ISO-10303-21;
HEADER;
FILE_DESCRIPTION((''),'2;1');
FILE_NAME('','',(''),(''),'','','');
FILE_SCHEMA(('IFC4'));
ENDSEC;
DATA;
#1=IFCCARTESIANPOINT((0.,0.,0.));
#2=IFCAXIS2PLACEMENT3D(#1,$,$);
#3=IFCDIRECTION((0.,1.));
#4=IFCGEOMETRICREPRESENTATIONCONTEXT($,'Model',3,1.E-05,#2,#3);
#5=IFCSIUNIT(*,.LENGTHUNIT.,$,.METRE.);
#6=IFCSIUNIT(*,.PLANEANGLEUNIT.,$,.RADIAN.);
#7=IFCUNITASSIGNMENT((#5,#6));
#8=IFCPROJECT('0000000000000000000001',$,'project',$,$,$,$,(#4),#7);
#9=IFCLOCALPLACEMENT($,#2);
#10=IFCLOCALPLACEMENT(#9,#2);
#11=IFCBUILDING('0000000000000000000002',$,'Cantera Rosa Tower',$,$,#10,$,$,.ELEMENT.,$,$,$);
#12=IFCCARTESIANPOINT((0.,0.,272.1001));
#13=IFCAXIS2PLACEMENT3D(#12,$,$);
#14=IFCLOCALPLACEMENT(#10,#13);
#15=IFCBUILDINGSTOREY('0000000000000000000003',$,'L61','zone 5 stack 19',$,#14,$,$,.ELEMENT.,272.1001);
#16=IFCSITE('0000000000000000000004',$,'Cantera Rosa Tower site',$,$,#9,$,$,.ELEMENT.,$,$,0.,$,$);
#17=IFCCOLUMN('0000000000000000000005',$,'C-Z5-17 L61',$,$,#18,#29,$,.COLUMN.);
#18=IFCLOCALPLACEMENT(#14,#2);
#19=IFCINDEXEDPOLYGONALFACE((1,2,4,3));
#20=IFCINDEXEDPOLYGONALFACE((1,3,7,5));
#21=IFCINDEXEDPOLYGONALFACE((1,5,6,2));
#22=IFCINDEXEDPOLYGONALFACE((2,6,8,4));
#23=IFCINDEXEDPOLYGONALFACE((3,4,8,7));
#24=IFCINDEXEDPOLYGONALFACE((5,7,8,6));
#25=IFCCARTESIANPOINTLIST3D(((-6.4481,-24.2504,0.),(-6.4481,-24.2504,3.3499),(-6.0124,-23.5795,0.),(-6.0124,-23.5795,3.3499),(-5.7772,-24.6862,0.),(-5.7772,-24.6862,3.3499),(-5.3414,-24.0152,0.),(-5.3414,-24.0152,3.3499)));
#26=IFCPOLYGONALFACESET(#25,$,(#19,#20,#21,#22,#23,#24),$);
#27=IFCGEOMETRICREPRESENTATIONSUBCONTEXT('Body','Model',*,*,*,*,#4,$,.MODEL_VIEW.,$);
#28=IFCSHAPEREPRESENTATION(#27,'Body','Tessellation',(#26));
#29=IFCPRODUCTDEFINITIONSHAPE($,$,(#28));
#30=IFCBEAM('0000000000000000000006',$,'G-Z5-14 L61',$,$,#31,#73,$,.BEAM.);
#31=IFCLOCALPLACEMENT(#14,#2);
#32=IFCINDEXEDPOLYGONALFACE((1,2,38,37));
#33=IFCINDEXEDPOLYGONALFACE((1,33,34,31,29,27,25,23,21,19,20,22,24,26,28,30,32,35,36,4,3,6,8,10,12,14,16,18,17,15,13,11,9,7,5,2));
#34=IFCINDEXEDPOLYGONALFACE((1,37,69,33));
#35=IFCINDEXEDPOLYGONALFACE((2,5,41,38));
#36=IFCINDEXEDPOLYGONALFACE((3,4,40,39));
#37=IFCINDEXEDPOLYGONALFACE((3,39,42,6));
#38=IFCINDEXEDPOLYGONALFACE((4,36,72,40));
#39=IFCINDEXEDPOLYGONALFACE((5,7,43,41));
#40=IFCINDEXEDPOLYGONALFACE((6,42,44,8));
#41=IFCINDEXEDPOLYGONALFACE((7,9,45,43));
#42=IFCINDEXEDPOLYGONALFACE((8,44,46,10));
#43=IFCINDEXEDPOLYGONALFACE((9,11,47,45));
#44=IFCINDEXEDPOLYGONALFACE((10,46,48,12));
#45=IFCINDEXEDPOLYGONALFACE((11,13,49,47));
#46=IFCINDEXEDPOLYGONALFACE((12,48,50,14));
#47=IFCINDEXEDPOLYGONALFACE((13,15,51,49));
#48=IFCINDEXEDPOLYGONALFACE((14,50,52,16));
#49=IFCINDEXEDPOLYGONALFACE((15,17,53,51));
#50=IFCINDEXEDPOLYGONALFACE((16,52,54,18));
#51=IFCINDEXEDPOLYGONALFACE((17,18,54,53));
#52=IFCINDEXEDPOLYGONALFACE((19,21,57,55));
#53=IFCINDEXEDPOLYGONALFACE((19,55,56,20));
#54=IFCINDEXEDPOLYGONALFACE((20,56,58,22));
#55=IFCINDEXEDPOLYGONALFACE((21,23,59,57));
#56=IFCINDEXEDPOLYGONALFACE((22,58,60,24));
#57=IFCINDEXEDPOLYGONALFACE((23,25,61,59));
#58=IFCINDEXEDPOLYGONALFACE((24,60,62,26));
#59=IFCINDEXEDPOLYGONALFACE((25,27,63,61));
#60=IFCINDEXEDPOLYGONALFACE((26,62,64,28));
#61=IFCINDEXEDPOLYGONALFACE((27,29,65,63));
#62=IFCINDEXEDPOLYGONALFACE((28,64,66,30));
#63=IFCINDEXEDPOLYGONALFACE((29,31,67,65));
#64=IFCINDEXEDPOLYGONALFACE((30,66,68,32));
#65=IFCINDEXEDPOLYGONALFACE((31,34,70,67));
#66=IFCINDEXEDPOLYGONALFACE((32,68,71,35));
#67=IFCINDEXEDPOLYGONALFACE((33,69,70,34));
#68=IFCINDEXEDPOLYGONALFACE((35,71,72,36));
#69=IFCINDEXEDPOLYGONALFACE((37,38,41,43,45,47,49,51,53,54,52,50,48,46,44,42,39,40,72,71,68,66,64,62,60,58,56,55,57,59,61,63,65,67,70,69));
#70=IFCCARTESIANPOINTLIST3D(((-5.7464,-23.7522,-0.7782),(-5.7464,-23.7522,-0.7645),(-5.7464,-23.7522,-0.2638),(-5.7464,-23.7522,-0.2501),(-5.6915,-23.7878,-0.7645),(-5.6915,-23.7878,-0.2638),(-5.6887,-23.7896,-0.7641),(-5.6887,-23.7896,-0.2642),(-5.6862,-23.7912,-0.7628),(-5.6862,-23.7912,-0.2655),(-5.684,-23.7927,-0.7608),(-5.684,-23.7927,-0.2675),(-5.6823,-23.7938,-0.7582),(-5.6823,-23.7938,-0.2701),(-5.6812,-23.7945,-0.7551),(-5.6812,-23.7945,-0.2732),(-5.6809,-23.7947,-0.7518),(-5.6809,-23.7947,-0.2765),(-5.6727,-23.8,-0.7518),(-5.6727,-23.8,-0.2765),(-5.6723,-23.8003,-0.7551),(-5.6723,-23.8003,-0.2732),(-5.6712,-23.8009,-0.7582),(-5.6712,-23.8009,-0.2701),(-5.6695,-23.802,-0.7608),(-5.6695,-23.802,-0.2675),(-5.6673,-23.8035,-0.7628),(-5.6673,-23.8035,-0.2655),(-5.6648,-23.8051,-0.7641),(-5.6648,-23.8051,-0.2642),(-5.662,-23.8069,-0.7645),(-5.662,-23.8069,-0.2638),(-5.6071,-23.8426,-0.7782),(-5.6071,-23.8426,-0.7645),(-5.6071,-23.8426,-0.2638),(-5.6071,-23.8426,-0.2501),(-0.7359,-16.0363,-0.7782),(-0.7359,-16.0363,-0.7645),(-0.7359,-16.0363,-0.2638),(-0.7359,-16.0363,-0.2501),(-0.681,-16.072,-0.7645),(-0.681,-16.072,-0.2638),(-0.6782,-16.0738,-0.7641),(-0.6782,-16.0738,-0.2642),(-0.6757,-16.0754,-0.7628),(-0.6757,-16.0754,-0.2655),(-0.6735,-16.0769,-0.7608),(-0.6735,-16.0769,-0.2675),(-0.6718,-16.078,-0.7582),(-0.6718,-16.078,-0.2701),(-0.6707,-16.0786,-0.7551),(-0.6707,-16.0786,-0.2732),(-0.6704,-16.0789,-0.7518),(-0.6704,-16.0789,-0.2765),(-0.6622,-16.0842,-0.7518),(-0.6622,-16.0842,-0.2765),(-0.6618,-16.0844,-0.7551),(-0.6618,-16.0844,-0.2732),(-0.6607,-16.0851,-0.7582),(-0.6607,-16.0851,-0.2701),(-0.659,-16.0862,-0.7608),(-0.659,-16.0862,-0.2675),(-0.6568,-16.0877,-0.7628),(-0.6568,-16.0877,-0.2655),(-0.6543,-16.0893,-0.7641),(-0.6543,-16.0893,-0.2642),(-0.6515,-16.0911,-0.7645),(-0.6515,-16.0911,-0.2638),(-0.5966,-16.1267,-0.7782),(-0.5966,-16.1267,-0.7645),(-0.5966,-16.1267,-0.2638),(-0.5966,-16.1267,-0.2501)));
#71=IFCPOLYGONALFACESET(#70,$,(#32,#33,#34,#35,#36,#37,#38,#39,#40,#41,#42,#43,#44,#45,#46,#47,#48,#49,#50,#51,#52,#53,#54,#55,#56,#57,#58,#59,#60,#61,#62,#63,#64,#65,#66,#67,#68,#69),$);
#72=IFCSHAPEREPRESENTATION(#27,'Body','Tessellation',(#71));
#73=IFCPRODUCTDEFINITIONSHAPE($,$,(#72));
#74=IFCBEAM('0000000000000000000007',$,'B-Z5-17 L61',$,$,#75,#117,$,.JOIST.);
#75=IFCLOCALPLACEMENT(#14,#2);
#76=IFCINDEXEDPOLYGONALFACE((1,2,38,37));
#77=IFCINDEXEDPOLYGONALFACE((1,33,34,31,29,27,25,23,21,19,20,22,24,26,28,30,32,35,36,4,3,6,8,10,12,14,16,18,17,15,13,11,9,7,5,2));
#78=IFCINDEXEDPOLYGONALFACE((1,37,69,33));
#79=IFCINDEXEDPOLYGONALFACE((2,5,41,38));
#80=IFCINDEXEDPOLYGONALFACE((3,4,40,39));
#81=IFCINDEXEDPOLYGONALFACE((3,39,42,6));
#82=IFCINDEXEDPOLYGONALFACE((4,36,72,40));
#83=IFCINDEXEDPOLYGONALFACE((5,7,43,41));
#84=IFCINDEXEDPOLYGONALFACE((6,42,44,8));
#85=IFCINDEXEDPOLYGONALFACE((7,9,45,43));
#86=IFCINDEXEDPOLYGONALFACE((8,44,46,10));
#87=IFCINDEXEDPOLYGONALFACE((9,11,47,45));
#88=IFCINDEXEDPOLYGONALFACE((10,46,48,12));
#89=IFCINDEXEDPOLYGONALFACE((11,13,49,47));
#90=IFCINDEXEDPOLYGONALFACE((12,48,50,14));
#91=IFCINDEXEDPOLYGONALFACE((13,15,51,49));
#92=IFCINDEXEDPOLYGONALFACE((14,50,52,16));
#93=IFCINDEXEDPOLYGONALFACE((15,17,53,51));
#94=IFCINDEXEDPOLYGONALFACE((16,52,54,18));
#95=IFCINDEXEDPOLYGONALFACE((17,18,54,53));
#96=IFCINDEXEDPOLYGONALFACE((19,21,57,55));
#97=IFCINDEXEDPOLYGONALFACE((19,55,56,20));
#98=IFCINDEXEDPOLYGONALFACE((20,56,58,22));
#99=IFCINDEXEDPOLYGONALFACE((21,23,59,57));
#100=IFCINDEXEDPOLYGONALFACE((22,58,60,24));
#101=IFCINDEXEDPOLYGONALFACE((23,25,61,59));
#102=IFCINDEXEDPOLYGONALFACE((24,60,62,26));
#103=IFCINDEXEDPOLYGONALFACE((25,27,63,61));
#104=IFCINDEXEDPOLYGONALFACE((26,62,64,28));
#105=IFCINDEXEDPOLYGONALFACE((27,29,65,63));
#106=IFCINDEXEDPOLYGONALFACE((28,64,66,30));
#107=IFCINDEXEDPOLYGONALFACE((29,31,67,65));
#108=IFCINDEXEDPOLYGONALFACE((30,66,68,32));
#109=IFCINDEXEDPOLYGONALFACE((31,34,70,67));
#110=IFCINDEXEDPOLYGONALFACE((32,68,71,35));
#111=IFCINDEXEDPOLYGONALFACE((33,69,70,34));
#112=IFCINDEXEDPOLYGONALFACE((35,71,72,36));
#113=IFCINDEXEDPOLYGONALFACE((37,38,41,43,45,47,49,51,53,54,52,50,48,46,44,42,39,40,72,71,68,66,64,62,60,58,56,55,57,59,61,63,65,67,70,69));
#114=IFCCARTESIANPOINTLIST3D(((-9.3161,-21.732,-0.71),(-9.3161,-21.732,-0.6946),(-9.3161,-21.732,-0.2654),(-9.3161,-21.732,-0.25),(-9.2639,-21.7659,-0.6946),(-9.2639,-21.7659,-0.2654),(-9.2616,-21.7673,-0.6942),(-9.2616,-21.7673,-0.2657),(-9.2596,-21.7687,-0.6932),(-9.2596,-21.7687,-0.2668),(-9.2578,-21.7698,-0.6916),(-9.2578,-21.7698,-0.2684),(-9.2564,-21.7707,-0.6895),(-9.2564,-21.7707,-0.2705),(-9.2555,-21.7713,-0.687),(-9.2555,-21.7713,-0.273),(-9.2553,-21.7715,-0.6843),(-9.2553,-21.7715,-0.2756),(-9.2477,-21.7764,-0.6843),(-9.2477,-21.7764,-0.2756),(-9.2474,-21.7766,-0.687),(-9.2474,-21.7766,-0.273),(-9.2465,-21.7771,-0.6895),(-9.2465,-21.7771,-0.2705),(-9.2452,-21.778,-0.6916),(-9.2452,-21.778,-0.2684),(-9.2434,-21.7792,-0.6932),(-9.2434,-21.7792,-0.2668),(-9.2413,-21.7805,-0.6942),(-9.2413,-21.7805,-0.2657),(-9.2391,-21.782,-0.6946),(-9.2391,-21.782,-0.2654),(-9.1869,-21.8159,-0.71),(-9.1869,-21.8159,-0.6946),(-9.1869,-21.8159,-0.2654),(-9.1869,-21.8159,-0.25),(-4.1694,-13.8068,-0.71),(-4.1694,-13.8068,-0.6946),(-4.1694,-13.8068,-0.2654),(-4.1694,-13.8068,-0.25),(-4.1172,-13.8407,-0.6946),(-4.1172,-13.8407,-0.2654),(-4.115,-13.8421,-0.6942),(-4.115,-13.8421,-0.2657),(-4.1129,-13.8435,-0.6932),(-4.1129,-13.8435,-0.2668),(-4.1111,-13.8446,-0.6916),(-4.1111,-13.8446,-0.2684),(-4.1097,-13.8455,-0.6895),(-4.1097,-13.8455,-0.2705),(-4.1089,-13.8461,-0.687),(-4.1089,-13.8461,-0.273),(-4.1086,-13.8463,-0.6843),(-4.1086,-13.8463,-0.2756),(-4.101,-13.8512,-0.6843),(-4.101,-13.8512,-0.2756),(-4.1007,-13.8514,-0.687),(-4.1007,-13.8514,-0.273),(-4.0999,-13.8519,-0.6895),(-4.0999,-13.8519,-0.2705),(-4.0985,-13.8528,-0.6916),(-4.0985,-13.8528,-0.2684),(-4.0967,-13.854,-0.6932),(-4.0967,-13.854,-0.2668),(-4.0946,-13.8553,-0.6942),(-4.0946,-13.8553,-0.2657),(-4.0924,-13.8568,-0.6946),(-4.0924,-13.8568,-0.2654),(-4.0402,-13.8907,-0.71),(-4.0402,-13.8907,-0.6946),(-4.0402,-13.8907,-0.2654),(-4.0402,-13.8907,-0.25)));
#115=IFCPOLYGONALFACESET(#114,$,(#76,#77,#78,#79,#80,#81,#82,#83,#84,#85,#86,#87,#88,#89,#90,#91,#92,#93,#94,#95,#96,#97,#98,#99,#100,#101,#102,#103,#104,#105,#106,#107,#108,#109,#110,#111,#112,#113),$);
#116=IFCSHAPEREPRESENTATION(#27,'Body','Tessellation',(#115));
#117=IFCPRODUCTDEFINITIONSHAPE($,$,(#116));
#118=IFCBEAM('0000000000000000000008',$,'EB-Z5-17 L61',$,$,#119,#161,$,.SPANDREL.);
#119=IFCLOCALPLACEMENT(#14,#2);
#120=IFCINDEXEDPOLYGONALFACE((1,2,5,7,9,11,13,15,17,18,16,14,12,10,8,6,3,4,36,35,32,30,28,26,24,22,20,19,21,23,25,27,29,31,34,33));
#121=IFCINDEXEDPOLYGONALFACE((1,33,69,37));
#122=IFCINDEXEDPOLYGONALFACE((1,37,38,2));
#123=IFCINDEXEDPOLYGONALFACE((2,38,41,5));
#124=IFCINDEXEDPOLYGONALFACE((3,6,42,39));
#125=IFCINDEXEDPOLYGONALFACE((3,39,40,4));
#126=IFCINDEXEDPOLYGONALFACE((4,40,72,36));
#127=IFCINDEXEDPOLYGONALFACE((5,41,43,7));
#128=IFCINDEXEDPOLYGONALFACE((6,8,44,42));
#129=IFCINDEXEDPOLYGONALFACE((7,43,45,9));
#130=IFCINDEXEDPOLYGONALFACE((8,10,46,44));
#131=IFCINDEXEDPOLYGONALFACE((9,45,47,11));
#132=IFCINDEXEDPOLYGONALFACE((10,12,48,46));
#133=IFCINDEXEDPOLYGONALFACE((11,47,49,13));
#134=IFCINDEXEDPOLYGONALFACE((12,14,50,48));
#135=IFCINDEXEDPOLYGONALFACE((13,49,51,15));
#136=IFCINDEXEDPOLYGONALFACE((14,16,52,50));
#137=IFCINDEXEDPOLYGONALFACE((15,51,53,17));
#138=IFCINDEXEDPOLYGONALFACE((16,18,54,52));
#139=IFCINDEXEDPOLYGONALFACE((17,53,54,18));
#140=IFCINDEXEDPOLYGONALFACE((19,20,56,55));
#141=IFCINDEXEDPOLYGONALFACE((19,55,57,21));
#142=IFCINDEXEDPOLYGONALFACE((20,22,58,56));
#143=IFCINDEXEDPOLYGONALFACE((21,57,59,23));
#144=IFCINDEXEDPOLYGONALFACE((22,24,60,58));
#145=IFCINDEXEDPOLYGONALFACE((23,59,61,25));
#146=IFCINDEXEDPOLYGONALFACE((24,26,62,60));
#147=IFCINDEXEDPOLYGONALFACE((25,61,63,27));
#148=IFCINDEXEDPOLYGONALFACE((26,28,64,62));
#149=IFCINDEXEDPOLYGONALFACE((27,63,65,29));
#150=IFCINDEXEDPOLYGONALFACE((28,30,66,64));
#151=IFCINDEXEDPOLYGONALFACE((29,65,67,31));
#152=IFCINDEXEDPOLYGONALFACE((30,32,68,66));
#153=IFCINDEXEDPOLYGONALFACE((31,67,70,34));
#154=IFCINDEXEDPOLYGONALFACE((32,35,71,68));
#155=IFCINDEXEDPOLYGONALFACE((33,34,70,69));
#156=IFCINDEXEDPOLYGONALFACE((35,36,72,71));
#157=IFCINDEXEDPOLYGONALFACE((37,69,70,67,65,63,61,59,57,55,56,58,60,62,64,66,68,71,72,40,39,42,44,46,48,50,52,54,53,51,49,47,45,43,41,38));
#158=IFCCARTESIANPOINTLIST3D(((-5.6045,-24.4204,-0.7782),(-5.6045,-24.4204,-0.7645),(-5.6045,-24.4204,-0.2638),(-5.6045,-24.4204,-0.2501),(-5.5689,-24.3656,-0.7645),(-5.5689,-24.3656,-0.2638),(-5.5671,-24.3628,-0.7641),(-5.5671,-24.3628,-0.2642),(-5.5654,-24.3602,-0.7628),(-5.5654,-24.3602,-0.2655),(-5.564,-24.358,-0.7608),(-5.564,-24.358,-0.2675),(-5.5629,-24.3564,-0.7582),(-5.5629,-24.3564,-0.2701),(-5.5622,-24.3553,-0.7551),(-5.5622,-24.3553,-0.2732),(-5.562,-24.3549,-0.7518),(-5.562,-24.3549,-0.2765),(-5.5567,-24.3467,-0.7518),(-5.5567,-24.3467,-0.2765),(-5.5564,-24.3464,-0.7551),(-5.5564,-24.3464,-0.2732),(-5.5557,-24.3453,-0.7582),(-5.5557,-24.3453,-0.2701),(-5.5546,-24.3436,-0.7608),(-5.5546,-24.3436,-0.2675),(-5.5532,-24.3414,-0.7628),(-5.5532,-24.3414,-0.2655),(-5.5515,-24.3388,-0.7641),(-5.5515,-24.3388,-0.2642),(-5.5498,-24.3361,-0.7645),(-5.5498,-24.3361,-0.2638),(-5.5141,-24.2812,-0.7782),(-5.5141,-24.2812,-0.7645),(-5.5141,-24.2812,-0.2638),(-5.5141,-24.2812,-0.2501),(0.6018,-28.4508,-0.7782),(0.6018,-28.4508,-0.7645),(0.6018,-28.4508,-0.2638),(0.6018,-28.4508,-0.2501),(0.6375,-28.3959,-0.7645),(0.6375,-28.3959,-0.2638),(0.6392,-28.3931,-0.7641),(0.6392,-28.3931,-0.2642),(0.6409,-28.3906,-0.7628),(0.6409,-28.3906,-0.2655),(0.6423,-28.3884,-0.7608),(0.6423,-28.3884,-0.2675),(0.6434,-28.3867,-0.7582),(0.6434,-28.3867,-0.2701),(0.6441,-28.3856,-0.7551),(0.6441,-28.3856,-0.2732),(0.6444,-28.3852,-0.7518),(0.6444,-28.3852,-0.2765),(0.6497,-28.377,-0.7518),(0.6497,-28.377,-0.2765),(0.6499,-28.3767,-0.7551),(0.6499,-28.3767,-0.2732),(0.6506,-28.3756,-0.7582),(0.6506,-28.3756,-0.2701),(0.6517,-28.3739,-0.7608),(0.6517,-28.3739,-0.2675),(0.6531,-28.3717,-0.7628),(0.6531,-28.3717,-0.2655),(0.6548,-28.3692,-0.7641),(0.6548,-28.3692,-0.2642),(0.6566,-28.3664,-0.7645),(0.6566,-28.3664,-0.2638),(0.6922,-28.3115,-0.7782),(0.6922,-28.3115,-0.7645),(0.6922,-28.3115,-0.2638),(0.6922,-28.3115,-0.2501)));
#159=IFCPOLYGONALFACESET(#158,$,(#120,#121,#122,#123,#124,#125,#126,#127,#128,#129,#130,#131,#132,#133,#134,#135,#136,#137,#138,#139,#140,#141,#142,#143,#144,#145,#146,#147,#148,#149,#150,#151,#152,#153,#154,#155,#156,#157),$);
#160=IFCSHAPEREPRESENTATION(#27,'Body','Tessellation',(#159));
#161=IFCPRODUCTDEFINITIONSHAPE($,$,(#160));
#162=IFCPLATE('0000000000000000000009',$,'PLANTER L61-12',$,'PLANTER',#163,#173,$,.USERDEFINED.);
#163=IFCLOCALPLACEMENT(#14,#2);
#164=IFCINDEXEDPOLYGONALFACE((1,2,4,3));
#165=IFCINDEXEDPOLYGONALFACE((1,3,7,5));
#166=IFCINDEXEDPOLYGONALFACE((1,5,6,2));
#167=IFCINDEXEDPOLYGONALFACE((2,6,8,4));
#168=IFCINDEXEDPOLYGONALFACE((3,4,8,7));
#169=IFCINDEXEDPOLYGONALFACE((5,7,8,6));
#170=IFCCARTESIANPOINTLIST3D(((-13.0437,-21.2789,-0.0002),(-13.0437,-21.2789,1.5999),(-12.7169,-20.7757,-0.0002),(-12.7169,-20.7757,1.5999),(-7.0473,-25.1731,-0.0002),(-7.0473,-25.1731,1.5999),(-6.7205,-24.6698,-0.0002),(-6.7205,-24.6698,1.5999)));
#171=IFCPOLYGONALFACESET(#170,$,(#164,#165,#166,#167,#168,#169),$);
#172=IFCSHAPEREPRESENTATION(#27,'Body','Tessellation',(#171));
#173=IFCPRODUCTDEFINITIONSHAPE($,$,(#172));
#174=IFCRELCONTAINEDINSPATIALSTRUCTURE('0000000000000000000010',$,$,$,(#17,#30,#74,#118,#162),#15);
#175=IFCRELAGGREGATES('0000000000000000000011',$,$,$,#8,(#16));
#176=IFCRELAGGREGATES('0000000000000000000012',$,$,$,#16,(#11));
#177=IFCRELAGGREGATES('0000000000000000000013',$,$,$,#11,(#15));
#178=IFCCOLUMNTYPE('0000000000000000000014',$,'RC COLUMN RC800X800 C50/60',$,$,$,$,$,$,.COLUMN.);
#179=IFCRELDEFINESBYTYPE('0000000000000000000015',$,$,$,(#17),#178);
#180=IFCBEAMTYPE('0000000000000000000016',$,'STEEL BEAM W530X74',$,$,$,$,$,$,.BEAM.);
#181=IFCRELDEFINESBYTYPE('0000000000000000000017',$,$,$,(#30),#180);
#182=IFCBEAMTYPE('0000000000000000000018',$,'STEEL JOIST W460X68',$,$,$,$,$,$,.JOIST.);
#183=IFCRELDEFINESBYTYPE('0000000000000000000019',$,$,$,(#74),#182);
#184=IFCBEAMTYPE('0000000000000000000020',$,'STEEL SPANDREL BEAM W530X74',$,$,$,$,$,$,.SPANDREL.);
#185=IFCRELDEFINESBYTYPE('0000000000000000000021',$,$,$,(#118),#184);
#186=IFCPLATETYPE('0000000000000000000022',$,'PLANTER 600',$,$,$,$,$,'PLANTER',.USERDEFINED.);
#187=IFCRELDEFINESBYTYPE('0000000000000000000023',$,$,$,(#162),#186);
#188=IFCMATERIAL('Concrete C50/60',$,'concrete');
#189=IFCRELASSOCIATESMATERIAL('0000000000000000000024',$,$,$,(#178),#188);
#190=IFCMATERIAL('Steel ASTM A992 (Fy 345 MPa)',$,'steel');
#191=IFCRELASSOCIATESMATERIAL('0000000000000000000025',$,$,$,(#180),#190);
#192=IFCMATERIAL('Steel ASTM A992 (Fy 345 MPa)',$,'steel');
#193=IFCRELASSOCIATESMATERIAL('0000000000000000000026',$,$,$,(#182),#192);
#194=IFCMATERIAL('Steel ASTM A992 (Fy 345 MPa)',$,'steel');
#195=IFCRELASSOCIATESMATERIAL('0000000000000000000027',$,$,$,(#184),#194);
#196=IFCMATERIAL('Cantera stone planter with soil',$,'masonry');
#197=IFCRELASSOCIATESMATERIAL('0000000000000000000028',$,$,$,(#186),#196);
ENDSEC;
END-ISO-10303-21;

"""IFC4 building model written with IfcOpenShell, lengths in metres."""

from ifc_helpers import new_model, si_unit, direction, frame, origin, origin_2d, place, context, subcontext, project, spatial, rectangle, i_section, extrude, material, material_profile, profile_set, type_object, element, save


model = new_model("IFC4")

# Units and contexts
model_context = context("Model", 3, precision=1e-05, world=origin(), true_north=direction((0.0, 1.0)))
body_context = subcontext(model_context, "Body", "Model", "MODEL_VIEW")
ifc_project = project(units=[si_unit("LENGTHUNIT", "METRE"), si_unit("PLANEANGLEUNIT", "RADIAN")], contexts=[model_context])

# Site, building, storey
site_placement = place(None, origin())
site = spatial("IfcSite", under=ifc_project, at=site_placement, Name="Cantera Rosa Tower site", CompositionType="ELEMENT", RefElevation=0.0)
building_placement = place(site_placement, origin())
building = spatial("IfcBuilding", under=site, at=building_placement, Name="Cantera Rosa Tower", CompositionType="ELEMENT")
storey_placement = place(building_placement, frame((0.0, 0.0, 272.1001)))
storey = spatial("IfcBuildingStorey", under=building, at=storey_placement, Name="L61", Description="zone 5 stack 19", CompositionType="ELEMENT", Elevation=272.1001)

# Column
ifc_material_1 = material(Name="Concrete C50/60", Category="concrete")
ifc_material_profile_1 = material_profile(ifc_material_1, rectangle(XDim=0.8, YDim=0.8, at=origin_2d()), Name="RC COLUMN RC800X800 C50/60")
ifc_profile_set_1 = profile_set([ifc_material_profile_1], Name="Concrete C50/60")
column_type = type_object("IfcColumnType", Name="RC COLUMN RC800X800 C50/60", PredefinedType="COLUMN", material=ifc_profile_set_1)
column_placement = place(storey_placement, frame((-5.8948, -24.1328, 0.0), z_axis=(0.0, 0.0, 1.0), x_axis=(0.544639, 0.838671, 0.0)))
element("IfcColumn", 1, at=column_placement, inside=storey, type_object=column_type, Name="C-Z5-17 L61", PredefinedType="COLUMN", context=body_context, shape_type="SweptSolid", body=[
    extrude(rectangle(XDim=0.8, YDim=0.8, at=origin_2d()), origin(), (0.0, 0.0, 1.0), 3.3499),
])

# Beams
ifc_material_2 = material(Name="Steel ASTM A992 (Fy 345 MPa)", Category="steel")
ifc_material_profile_2 = material_profile(ifc_material_2, i_section(OverallWidth=0.166, OverallDepth=0.5281, WebThickness=0.0098, FlangeThickness=0.0137, FilletRadius=0.0127, at=origin_2d()), Name="W530X74")
ifc_profile_set_2 = profile_set([ifc_material_profile_2], Name="Steel ASTM A992 (Fy 345 MPa)")
beam_type_1 = type_object("IfcBeamType", Name="STEEL BEAM W530X74", PredefinedType="BEAM", material=ifc_profile_set_2)
beam_1_placement = place(storey_placement, frame((-5.6768, -23.7974, -0.5142), z_axis=(0.544623, 0.838681, 0.0), x_axis=(-0.838681, 0.544623, 0.0)))
element("IfcBeam", 2, at=beam_1_placement, inside=storey, type_object=beam_type_1, Name="G-Z5-14 L61", PredefinedType="BEAM", context=body_context, shape_type="SweptSolid", body=[
    extrude(i_section(OverallWidth=0.166, OverallDepth=0.5281, WebThickness=0.0098, FlangeThickness=0.0137, FilletRadius=0.0127, at=origin_2d()), origin(), (0.0, 0.0, 1.0), 9.2),
])
ifc_material_3 = material(Name="Steel ASTM A992 (Fy 345 MPa)", Category="steel")
ifc_material_profile_3 = material_profile(ifc_material_3, i_section(OverallWidth=0.1541, OverallDepth=0.46, WebThickness=0.009, FlangeThickness=0.0154, FilletRadius=0.0103, at=origin_2d()), Name="W460X68")
ifc_profile_set_3 = profile_set([ifc_material_profile_3], Name="Steel ASTM A992 (Fy 345 MPa)")
beam_type_2 = type_object("IfcBeamType", Name="STEEL JOIST W460X68", PredefinedType="JOIST", material=ifc_profile_set_3)
beam_2_placement = place(storey_placement, frame((-9.2515, -21.7739, -0.48), z_axis=(0.544638, 0.838671, 0.0), x_axis=(-0.838671, 0.544638, 0.0)))
element("IfcBeam", 3, at=beam_2_placement, inside=storey, type_object=beam_type_2, Name="B-Z5-17 L61", PredefinedType="JOIST", context=body_context, shape_type="SweptSolid", body=[
    extrude(i_section(OverallWidth=0.1541, OverallDepth=0.46, WebThickness=0.009, FlangeThickness=0.0154, FilletRadius=0.0103, at=origin_2d()), origin(), (0.0, 0.0, 1.0), 9.4497),
])
ifc_material_4 = material(Name="Steel ASTM A992 (Fy 345 MPa)", Category="steel")
ifc_material_profile_4 = material_profile(ifc_material_4, i_section(OverallWidth=0.166, OverallDepth=0.5281, WebThickness=0.0098, FlangeThickness=0.0137, FilletRadius=0.0127, at=origin_2d()), Name="W530X74")
ifc_profile_set_4 = profile_set([ifc_material_profile_4], Name="Steel ASTM A992 (Fy 345 MPa)")
beam_type_3 = type_object("IfcBeamType", Name="STEEL SPANDREL BEAM W530X74", PredefinedType="SPANDREL", material=ifc_profile_set_4)
beam_3_placement = place(storey_placement, frame((-5.5593, -24.3508, -0.5142), z_axis=(0.838679, -0.544625, 0.0), x_axis=(0.544625, 0.838679, 0.0)))
element("IfcBeam", 4, at=beam_3_placement, inside=storey, type_object=beam_type_3, Name="EB-Z5-17 L61", PredefinedType="SPANDREL", context=body_context, shape_type="SweptSolid", body=[
    extrude(i_section(OverallWidth=0.166, OverallDepth=0.5281, WebThickness=0.0098, FlangeThickness=0.0137, FilletRadius=0.0127, at=origin_2d()), origin(), (0.0, 0.0, 1.0), 7.4001),
])

# Plate
ifc_material_5 = material(Name="Cantera stone planter with soil", Category="masonry")
plate_type = type_object("IfcPlateType", Name="PLANTER 600", ElementType="PLANTER", PredefinedType="USERDEFINED", material=ifc_material_5)
plate_placement = place(storey_placement, frame((-9.8821, -22.9744, -0.0002), z_axis=(0.0, 0.0, 1.0), x_axis=(0.838671, -0.544639, 0.0)))
element("IfcPlate", 5, at=plate_placement, inside=storey, type_object=plate_type, Name="PLANTER L61-12", ObjectType="PLANTER", PredefinedType="USERDEFINED", context=body_context, shape_type="SweptSolid", body=[
    extrude(rectangle(XDim=7.1499, YDim=0.6001, at=origin_2d()), origin(), (0.0, 0.0, 1.0), 1.6001),
])

save(model, "model.ifc")
